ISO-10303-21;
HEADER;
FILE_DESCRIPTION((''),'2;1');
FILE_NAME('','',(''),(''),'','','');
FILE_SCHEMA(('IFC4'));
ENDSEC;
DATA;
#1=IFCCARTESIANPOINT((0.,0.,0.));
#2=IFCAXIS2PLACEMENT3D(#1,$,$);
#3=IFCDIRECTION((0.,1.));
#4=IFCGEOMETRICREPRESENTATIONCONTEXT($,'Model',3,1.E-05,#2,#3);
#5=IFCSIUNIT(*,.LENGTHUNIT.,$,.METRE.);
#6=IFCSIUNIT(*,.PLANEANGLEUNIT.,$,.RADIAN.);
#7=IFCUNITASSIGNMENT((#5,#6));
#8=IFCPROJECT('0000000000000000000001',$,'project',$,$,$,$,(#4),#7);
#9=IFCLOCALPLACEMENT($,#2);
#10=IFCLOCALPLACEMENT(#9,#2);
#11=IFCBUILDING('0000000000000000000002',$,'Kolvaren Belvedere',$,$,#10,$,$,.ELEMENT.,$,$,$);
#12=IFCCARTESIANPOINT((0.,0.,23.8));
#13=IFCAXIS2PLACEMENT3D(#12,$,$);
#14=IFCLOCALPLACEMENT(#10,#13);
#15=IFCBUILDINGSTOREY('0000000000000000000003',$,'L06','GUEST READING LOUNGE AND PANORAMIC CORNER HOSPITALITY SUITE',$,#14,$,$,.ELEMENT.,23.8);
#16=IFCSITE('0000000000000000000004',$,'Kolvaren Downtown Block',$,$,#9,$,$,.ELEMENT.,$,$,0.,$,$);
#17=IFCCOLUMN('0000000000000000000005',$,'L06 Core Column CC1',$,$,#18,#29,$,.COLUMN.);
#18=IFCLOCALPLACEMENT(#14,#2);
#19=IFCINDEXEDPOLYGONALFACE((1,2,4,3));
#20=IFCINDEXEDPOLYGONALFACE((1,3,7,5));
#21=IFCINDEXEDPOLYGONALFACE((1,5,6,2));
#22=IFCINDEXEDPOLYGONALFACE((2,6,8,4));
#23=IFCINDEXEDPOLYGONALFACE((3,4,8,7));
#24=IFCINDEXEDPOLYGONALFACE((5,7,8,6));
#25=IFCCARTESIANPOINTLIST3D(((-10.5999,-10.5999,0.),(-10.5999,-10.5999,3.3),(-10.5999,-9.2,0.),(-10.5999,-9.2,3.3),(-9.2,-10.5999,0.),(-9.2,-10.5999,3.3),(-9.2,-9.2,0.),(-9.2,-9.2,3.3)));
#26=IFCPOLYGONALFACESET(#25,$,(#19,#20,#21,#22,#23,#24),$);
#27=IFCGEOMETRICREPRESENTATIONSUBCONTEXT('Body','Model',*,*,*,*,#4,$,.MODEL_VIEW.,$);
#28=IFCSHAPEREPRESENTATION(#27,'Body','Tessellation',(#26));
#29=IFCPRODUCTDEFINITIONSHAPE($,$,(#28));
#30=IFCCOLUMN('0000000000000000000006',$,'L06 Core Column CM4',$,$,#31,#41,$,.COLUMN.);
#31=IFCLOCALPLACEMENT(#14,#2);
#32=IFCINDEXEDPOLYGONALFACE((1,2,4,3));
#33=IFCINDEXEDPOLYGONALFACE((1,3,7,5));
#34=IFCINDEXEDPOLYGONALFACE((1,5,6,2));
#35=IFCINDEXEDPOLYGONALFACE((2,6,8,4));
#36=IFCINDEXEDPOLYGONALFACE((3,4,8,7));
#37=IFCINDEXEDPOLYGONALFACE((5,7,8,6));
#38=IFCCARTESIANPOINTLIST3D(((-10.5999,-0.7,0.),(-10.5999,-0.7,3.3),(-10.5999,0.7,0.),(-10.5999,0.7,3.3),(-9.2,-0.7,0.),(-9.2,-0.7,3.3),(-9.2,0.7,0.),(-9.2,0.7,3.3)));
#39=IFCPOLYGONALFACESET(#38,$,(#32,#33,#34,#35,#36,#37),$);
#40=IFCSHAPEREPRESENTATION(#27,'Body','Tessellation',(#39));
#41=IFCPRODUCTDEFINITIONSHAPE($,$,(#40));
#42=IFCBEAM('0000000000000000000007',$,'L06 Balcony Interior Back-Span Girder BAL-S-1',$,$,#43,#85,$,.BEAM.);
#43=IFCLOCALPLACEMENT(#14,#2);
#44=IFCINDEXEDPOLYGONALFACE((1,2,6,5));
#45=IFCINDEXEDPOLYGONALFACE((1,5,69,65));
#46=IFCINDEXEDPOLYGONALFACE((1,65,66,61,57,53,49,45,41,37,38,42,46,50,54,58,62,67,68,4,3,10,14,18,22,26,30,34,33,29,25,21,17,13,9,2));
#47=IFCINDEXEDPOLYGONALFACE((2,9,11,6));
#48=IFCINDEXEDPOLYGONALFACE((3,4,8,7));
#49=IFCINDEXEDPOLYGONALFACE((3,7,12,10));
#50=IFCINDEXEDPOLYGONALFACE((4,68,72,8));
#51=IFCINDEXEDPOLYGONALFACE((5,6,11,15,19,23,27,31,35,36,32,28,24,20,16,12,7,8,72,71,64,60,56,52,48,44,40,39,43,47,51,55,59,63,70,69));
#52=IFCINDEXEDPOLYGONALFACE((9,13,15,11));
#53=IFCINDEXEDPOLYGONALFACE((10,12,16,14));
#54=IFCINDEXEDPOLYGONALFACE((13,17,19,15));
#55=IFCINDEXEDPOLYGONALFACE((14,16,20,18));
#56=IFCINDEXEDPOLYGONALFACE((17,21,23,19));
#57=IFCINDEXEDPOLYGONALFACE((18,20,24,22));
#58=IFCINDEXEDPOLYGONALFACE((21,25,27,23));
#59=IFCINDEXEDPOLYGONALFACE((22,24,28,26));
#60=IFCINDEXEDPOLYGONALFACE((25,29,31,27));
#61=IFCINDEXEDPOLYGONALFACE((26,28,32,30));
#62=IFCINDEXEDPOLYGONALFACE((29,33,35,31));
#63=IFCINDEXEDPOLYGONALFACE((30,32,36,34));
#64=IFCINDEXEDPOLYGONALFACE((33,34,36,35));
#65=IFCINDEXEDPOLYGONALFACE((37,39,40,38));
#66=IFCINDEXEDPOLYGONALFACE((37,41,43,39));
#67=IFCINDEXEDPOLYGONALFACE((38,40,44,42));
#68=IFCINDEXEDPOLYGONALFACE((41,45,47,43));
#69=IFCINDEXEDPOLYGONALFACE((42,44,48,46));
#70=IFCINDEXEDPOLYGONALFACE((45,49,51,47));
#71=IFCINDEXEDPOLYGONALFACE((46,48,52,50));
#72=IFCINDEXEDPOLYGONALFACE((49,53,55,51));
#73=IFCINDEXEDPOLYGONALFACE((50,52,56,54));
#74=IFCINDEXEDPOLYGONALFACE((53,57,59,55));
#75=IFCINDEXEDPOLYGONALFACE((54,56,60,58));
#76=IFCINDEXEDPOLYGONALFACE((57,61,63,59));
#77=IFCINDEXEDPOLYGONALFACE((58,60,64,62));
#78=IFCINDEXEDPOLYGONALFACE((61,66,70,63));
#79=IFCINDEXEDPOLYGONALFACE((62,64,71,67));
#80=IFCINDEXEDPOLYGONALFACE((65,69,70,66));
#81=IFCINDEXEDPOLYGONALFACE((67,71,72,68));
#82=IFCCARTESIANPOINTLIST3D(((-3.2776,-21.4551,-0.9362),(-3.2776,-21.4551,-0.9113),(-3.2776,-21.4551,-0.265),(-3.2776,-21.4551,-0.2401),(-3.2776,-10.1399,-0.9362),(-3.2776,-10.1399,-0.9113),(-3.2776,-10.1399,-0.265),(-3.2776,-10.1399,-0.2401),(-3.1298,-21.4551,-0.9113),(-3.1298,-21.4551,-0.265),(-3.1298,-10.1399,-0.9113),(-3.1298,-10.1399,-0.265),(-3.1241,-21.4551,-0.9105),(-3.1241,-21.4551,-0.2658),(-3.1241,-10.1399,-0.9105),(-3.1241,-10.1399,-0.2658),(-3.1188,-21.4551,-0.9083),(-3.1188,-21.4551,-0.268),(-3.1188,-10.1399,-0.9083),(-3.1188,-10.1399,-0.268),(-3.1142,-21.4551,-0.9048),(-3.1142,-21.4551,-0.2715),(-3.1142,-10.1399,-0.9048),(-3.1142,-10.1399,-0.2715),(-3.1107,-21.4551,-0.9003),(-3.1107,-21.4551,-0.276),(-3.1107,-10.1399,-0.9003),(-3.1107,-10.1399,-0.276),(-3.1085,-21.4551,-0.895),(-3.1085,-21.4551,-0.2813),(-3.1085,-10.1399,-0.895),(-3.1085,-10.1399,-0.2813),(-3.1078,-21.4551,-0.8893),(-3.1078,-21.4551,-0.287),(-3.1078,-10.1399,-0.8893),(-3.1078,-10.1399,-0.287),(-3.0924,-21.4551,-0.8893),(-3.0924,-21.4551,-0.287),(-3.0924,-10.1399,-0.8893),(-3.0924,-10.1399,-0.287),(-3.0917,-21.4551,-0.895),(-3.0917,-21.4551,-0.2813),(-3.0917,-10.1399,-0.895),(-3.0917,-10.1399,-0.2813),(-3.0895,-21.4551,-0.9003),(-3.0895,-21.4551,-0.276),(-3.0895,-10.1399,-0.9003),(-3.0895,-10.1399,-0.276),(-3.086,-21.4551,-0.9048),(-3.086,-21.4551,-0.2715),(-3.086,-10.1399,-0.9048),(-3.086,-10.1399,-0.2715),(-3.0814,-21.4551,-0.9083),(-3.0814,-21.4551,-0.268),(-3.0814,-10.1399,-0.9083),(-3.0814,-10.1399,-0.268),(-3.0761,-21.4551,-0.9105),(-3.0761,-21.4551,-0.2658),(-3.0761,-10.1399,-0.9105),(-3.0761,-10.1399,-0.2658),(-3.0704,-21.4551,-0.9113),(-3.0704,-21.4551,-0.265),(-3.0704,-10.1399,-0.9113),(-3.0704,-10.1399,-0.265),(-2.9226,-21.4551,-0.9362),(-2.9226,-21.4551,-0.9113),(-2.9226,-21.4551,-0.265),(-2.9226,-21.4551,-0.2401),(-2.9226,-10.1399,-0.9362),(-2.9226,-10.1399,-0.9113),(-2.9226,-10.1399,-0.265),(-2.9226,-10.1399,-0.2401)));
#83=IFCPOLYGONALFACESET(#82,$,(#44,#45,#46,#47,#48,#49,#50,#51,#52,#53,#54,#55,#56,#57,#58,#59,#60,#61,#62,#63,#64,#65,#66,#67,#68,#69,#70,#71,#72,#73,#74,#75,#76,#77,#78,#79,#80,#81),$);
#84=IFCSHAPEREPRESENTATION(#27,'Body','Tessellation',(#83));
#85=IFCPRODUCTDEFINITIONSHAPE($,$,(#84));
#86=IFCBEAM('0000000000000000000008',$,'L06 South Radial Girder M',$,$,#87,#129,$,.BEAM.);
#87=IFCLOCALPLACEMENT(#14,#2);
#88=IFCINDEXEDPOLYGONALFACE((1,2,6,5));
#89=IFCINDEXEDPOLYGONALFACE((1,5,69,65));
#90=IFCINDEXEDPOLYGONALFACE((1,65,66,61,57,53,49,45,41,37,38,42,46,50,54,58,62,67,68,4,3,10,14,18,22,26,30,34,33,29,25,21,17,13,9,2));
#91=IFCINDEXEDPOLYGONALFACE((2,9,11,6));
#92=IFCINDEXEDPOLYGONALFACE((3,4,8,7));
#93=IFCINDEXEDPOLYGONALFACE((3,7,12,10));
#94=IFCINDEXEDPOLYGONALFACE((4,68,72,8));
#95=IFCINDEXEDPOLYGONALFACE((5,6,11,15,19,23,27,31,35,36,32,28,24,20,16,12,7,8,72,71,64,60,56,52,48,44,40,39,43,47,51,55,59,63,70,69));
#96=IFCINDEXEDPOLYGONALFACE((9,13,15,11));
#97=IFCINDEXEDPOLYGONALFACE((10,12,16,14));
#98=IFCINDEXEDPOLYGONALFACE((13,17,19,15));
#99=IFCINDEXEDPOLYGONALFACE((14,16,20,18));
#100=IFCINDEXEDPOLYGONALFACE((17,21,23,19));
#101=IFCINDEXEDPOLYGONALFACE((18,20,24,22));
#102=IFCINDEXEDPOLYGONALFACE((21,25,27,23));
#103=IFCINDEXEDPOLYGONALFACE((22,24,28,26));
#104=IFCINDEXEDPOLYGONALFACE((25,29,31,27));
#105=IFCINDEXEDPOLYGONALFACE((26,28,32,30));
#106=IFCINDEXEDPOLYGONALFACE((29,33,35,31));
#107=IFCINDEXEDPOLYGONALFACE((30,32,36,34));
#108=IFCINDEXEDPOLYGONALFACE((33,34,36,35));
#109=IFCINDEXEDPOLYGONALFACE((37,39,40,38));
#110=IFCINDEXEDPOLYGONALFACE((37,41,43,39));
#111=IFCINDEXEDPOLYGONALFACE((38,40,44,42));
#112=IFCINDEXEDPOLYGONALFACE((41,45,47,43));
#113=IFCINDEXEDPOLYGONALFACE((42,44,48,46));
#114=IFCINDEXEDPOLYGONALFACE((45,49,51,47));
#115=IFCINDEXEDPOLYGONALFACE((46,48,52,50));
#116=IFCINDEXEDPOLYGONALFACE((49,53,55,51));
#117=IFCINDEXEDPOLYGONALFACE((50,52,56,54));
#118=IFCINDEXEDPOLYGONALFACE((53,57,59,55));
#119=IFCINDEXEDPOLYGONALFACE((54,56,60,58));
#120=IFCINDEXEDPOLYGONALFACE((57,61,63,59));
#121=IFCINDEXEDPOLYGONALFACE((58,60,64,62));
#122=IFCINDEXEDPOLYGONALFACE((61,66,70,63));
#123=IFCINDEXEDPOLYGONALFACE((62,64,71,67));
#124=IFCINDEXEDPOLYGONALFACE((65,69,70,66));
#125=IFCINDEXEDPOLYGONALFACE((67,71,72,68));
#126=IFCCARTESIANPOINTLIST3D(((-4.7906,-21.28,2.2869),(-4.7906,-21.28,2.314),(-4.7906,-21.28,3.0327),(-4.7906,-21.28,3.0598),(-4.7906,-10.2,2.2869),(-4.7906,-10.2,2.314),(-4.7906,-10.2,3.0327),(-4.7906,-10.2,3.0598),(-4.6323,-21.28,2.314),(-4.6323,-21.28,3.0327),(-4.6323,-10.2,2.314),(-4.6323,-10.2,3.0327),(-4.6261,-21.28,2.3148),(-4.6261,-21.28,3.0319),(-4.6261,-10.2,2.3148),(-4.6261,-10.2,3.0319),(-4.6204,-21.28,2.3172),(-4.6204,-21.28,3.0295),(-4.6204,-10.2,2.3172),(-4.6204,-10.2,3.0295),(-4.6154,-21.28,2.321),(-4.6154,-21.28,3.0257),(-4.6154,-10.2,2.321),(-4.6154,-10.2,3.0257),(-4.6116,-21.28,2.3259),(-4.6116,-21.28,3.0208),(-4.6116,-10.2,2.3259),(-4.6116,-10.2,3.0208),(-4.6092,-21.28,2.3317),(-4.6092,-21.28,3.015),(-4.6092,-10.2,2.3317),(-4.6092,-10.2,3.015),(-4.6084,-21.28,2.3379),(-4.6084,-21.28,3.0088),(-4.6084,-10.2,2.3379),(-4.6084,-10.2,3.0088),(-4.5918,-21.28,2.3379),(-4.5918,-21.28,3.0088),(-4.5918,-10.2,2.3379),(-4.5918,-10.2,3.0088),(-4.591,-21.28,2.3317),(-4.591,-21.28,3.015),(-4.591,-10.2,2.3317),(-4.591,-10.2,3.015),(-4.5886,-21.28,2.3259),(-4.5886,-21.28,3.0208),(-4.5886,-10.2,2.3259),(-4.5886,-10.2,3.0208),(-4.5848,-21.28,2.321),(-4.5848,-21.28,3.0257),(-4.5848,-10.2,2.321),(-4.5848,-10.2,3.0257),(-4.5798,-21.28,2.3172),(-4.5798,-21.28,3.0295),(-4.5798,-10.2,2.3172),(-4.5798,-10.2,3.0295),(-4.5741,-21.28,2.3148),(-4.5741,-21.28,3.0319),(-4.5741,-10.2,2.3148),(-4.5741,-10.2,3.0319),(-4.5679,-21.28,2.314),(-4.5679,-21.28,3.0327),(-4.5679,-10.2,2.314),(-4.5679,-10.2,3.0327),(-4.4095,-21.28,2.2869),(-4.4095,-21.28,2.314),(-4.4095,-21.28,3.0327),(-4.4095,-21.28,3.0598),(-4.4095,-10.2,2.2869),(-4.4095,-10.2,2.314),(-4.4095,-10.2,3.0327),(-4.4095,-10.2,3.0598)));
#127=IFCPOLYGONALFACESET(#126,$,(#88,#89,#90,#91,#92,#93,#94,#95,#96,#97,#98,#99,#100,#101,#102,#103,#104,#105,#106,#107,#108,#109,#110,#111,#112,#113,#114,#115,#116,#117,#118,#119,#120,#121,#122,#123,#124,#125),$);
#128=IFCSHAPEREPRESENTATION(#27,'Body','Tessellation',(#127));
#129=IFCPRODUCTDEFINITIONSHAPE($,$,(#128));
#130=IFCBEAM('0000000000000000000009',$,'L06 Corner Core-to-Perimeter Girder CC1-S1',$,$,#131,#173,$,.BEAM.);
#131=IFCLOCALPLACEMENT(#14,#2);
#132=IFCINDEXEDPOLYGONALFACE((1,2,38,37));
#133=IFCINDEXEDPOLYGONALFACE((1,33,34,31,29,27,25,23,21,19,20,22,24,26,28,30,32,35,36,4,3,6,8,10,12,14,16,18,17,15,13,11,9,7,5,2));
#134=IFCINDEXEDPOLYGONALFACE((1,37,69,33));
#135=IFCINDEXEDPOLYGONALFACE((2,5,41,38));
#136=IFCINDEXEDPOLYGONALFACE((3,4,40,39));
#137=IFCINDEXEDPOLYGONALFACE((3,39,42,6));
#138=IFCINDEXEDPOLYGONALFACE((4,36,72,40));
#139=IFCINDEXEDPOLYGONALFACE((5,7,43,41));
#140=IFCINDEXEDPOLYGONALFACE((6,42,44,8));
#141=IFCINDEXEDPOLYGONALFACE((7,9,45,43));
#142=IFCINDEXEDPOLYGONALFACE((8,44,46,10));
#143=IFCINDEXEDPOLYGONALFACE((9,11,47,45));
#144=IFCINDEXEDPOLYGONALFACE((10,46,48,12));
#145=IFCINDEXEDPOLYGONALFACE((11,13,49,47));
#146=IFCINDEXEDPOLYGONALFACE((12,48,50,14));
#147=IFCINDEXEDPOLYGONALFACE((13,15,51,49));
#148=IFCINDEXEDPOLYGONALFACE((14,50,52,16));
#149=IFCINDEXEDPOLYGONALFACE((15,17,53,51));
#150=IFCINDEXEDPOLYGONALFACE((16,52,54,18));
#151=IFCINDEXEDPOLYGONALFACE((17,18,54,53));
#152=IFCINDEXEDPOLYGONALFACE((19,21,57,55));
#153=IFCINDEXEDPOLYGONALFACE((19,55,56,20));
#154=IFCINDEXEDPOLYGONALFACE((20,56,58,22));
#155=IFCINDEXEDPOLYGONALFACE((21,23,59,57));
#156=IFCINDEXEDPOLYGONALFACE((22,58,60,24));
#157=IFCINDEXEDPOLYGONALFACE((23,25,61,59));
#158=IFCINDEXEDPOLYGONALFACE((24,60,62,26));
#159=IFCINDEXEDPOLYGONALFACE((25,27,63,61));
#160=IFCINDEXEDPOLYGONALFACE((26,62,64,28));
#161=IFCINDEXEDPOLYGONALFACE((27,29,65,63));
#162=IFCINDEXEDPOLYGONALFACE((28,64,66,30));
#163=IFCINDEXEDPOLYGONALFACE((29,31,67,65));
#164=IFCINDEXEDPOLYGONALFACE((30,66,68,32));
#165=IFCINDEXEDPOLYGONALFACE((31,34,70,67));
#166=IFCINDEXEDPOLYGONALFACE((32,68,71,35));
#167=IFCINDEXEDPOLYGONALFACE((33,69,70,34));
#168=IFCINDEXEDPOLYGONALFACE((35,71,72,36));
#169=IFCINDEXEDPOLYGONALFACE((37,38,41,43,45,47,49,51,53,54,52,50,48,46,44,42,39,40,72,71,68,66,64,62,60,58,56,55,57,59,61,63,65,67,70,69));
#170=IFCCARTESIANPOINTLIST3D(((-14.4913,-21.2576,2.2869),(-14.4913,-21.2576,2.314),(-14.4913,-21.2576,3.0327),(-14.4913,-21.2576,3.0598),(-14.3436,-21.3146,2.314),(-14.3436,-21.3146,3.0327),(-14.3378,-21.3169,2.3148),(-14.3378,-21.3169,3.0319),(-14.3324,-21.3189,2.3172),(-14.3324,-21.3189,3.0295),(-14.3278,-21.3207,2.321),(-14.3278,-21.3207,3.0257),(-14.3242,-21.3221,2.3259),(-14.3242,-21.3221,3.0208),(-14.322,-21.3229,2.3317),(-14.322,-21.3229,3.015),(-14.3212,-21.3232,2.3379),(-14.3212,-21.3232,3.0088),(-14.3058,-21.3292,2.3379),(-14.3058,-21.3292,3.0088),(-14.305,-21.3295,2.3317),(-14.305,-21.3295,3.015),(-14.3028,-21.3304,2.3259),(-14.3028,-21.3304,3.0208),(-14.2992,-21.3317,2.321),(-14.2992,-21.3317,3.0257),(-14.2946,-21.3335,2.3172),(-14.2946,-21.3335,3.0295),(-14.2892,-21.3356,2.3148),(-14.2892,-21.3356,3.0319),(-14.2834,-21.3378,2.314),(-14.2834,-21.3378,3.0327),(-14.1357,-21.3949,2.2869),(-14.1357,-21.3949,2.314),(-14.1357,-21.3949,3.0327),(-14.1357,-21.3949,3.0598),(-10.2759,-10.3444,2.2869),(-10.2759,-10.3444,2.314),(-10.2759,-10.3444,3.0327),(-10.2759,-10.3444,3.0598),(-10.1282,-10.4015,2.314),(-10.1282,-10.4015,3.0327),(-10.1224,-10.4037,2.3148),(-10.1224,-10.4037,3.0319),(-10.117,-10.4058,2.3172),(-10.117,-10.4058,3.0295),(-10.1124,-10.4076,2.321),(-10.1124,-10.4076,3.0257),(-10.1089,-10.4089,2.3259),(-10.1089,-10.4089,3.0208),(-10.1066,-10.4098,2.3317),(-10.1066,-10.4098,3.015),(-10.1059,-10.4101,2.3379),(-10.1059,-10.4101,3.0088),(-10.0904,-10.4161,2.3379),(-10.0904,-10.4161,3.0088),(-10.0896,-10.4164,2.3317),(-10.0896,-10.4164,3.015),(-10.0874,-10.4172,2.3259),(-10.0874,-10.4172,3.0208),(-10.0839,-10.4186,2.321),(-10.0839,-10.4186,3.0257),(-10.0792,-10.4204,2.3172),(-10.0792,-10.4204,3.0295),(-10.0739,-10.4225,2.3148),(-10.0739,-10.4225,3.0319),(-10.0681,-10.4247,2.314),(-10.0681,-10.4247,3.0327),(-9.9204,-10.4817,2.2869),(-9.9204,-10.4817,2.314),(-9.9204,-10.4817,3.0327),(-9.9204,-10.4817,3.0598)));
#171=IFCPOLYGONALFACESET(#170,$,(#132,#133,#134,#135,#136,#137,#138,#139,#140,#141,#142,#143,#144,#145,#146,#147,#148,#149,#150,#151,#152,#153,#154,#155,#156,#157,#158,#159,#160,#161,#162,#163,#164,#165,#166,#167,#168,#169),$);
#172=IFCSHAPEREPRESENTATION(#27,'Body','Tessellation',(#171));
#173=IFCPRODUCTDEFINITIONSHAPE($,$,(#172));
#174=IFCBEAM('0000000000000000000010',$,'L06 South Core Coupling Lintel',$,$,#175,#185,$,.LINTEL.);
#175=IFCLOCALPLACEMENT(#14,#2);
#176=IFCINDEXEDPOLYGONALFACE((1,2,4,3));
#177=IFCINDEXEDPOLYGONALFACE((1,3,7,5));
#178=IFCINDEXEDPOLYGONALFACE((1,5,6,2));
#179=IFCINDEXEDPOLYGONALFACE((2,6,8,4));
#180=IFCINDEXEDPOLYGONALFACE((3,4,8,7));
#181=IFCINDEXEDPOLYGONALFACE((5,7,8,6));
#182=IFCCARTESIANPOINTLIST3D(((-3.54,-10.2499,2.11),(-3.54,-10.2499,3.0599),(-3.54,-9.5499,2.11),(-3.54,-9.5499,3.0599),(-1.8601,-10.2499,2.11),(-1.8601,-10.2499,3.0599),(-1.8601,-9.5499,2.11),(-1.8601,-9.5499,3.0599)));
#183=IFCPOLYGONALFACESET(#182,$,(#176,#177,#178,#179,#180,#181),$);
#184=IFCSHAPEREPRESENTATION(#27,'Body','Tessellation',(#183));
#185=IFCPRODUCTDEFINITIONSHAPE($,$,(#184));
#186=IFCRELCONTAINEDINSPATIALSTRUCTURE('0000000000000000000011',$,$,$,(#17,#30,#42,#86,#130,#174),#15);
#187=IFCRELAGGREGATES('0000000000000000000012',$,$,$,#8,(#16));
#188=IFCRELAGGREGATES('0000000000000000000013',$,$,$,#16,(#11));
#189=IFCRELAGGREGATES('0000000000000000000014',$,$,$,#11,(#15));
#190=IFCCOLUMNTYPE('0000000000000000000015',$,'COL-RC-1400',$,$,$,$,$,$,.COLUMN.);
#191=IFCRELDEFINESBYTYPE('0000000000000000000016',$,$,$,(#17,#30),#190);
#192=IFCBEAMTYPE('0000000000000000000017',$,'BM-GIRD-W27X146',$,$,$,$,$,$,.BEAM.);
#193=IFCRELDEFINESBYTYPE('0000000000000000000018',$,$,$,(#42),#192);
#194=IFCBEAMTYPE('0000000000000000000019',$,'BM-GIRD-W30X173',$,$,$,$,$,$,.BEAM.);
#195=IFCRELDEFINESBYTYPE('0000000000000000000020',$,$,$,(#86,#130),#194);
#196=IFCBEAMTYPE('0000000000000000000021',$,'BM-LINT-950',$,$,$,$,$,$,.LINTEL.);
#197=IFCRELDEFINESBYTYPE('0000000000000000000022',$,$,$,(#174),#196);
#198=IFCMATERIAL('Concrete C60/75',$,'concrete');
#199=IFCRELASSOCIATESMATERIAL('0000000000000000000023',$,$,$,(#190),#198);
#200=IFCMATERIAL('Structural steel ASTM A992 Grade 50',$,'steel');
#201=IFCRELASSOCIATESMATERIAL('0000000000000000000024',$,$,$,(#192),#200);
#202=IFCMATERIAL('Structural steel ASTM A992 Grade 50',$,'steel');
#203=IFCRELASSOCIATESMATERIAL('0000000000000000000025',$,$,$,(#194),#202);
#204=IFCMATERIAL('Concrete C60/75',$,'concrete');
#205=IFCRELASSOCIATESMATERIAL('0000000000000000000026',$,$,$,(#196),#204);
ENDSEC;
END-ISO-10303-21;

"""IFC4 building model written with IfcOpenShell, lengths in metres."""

from ifc_helpers import new_model, si_unit, direction, frame, origin, origin_2d, place, context, subcontext, project, spatial, rectangle, i_section, extrude, material, material_profile, profile_set, type_object, element, save


model = new_model("IFC4")

# Units and contexts
model_context = context("Model", 3, precision=1e-05, world=origin(), true_north=direction((0.0, 1.0)))
body_context = subcontext(model_context, "Body", "Model", "MODEL_VIEW")
ifc_project = project(units=[si_unit("LENGTHUNIT", "METRE"), si_unit("PLANEANGLEUNIT", "RADIAN")], contexts=[model_context])

# Site, building, storey
site_placement = place(None, origin())
site = spatial("IfcSite", under=ifc_project, at=site_placement, Name="Kolvaren Downtown Block", CompositionType="ELEMENT", RefElevation=0.0)
building_placement = place(site_placement, origin())
building = spatial("IfcBuilding", under=site, at=building_placement, Name="Kolvaren Belvedere", CompositionType="ELEMENT")
storey_placement = place(building_placement, frame((0.0, 0.0, 23.8)))
storey = spatial("IfcBuildingStorey", under=building, at=storey_placement, Name="L06", Description="GUEST READING LOUNGE AND PANORAMIC CORNER HOSPITALITY SUITE", CompositionType="ELEMENT", Elevation=23.8)

# Columns
ifc_material_1 = material(Name="Concrete C60/75", Category="concrete")
ifc_material_profile_1 = material_profile(ifc_material_1, rectangle(XDim=1.3999, YDim=1.3999, at=origin_2d()), Name="RC 1400X1400")
ifc_profile_set_1 = profile_set([ifc_material_profile_1], Name="Concrete C60/75")
column_type = type_object("IfcColumnType", Name="COL-RC-1400", PredefinedType="COLUMN", material=ifc_profile_set_1)
for number, where, z_axis, x_axis, name in (
    (1, (-9.8999, -9.8999, 0.0), (0.0, 0.0, 1.0), (1.0, 0.0, 0.0), "L06 Core Column CC1"),
    (2, (-9.8999, 0.0, 0.0), (0.0, 0.0, 1.0), (1.0, 0.0, 0.0), "L06 Core Column CM4"),
):
    element("IfcColumn", number, at=place(storey_placement, frame(where, z_axis=z_axis, x_axis=x_axis)), inside=storey, type_object=column_type, Name=name, PredefinedType="COLUMN", context=body_context, shape_type="SweptSolid", body=[
        extrude(rectangle(XDim=1.3999, YDim=1.3999, at=origin_2d()), origin(), (0.0, 0.0, 1.0), 3.3),
    ])

# Beams
ifc_material_2 = material(Name="Structural steel ASTM A992 Grade 50", Category="steel")
ifc_material_profile_2 = material_profile(ifc_material_2, i_section(OverallWidth=0.355, OverallDepth=0.696, WebThickness=0.0154, FlangeThickness=0.0249, FilletRadius=0.022, at=origin_2d()), Name="W27X146")
ifc_profile_set_2 = profile_set([ifc_material_profile_2], Name="Structural steel ASTM A992 Grade 50")
beam_type_1 = type_object("IfcBeamType", Name="BM-GIRD-W27X146", PredefinedType="BEAM", material=ifc_profile_set_2)
beam_1_placement = place(storey_placement, frame((-3.1001, -10.1399, -0.5881), z_axis=(0.0, -1.0, 0.0), x_axis=(1.0, 0.0, 0.0)))
element("IfcBeam", 3, at=beam_1_placement, inside=storey, type_object=beam_type_1, Name="L06 Balcony Interior Back-Span Girder BAL-S-1", PredefinedType="BEAM", context=body_context, shape_type="SweptSolid", body=[
    extrude(i_section(OverallWidth=0.355, OverallDepth=0.696, WebThickness=0.0154, FlangeThickness=0.0249, FilletRadius=0.022, at=origin_2d()), origin(), (0.0, 0.0, 1.0), 11.3152),
])
ifc_material_3 = material(Name="Structural steel ASTM A992 Grade 50", Category="steel")
ifc_material_profile_3 = material_profile(ifc_material_3, i_section(OverallWidth=0.3811, OverallDepth=0.7729, WebThickness=0.0166, FlangeThickness=0.0271, FilletRadius=0.0239, at=origin_2d()), Name="W30X173")
ifc_profile_set_3 = profile_set([ifc_material_profile_3], Name="Structural steel ASTM A992 Grade 50")
beam_type_2 = type_object("IfcBeamType", Name="BM-GIRD-W30X173", PredefinedType="BEAM", material=ifc_profile_set_3)
beam_2_placement = place(storey_placement, frame((-4.6001, -10.2, 2.6733), z_axis=(0.0, -1.0, 0.0), x_axis=(1.0, 0.0, 0.0)))
element("IfcBeam", 4, at=beam_2_placement, inside=storey, type_object=beam_type_2, Name="L06 South Radial Girder M", PredefinedType="BEAM", context=body_context, shape_type="SweptSolid", body=[
    extrude(i_section(OverallWidth=0.3811, OverallDepth=0.7729, WebThickness=0.0166, FlangeThickness=0.0271, FilletRadius=0.0239, at=origin_2d()), origin(), (0.0, 0.0, 1.0), 11.0801),
])
beam_3_placement = place(storey_placement, frame((-10.0981, -10.4131, 2.6733), z_axis=(-0.360318, -0.932829, 0.0), x_axis=(0.932829, -0.360318, 0.0)))
element("IfcBeam", 5, at=beam_3_placement, inside=storey, type_object=beam_type_2, Name="L06 Corner Core-to-Perimeter Girder CC1-S1", PredefinedType="BEAM", context=body_context, shape_type="SweptSolid", body=[
    extrude(i_section(OverallWidth=0.3811, OverallDepth=0.7729, WebThickness=0.0166, FlangeThickness=0.0271, FilletRadius=0.0239, at=origin_2d()), origin(), (0.0, 0.0, 1.0), 11.699),
])
ifc_material_4 = material(Name="Concrete C60/75", Category="concrete")
ifc_material_profile_4 = material_profile(ifc_material_4, rectangle(XDim=0.7, YDim=0.95, at=origin_2d()), Name="RC 700X950")
ifc_profile_set_4 = profile_set([ifc_material_profile_4], Name="Concrete C60/75")
beam_type_3 = type_object("IfcBeamType", Name="BM-LINT-950", PredefinedType="LINTEL", material=ifc_profile_set_4)
beam_4_placement = place(storey_placement, frame((-3.54, -9.8999, 2.585), z_axis=(1.0, 0.0, 0.0), x_axis=(0.0, 1.0, 0.0)))
element("IfcBeam", 6, at=beam_4_placement, inside=storey, type_object=beam_type_3, Name="L06 South Core Coupling Lintel", PredefinedType="LINTEL", context=body_context, shape_type="SweptSolid", body=[
    extrude(rectangle(XDim=0.7, YDim=0.95, at=origin_2d()), origin(), (0.0, 0.0, 1.0), 1.6799),
])

save(model, "model.ifc")
